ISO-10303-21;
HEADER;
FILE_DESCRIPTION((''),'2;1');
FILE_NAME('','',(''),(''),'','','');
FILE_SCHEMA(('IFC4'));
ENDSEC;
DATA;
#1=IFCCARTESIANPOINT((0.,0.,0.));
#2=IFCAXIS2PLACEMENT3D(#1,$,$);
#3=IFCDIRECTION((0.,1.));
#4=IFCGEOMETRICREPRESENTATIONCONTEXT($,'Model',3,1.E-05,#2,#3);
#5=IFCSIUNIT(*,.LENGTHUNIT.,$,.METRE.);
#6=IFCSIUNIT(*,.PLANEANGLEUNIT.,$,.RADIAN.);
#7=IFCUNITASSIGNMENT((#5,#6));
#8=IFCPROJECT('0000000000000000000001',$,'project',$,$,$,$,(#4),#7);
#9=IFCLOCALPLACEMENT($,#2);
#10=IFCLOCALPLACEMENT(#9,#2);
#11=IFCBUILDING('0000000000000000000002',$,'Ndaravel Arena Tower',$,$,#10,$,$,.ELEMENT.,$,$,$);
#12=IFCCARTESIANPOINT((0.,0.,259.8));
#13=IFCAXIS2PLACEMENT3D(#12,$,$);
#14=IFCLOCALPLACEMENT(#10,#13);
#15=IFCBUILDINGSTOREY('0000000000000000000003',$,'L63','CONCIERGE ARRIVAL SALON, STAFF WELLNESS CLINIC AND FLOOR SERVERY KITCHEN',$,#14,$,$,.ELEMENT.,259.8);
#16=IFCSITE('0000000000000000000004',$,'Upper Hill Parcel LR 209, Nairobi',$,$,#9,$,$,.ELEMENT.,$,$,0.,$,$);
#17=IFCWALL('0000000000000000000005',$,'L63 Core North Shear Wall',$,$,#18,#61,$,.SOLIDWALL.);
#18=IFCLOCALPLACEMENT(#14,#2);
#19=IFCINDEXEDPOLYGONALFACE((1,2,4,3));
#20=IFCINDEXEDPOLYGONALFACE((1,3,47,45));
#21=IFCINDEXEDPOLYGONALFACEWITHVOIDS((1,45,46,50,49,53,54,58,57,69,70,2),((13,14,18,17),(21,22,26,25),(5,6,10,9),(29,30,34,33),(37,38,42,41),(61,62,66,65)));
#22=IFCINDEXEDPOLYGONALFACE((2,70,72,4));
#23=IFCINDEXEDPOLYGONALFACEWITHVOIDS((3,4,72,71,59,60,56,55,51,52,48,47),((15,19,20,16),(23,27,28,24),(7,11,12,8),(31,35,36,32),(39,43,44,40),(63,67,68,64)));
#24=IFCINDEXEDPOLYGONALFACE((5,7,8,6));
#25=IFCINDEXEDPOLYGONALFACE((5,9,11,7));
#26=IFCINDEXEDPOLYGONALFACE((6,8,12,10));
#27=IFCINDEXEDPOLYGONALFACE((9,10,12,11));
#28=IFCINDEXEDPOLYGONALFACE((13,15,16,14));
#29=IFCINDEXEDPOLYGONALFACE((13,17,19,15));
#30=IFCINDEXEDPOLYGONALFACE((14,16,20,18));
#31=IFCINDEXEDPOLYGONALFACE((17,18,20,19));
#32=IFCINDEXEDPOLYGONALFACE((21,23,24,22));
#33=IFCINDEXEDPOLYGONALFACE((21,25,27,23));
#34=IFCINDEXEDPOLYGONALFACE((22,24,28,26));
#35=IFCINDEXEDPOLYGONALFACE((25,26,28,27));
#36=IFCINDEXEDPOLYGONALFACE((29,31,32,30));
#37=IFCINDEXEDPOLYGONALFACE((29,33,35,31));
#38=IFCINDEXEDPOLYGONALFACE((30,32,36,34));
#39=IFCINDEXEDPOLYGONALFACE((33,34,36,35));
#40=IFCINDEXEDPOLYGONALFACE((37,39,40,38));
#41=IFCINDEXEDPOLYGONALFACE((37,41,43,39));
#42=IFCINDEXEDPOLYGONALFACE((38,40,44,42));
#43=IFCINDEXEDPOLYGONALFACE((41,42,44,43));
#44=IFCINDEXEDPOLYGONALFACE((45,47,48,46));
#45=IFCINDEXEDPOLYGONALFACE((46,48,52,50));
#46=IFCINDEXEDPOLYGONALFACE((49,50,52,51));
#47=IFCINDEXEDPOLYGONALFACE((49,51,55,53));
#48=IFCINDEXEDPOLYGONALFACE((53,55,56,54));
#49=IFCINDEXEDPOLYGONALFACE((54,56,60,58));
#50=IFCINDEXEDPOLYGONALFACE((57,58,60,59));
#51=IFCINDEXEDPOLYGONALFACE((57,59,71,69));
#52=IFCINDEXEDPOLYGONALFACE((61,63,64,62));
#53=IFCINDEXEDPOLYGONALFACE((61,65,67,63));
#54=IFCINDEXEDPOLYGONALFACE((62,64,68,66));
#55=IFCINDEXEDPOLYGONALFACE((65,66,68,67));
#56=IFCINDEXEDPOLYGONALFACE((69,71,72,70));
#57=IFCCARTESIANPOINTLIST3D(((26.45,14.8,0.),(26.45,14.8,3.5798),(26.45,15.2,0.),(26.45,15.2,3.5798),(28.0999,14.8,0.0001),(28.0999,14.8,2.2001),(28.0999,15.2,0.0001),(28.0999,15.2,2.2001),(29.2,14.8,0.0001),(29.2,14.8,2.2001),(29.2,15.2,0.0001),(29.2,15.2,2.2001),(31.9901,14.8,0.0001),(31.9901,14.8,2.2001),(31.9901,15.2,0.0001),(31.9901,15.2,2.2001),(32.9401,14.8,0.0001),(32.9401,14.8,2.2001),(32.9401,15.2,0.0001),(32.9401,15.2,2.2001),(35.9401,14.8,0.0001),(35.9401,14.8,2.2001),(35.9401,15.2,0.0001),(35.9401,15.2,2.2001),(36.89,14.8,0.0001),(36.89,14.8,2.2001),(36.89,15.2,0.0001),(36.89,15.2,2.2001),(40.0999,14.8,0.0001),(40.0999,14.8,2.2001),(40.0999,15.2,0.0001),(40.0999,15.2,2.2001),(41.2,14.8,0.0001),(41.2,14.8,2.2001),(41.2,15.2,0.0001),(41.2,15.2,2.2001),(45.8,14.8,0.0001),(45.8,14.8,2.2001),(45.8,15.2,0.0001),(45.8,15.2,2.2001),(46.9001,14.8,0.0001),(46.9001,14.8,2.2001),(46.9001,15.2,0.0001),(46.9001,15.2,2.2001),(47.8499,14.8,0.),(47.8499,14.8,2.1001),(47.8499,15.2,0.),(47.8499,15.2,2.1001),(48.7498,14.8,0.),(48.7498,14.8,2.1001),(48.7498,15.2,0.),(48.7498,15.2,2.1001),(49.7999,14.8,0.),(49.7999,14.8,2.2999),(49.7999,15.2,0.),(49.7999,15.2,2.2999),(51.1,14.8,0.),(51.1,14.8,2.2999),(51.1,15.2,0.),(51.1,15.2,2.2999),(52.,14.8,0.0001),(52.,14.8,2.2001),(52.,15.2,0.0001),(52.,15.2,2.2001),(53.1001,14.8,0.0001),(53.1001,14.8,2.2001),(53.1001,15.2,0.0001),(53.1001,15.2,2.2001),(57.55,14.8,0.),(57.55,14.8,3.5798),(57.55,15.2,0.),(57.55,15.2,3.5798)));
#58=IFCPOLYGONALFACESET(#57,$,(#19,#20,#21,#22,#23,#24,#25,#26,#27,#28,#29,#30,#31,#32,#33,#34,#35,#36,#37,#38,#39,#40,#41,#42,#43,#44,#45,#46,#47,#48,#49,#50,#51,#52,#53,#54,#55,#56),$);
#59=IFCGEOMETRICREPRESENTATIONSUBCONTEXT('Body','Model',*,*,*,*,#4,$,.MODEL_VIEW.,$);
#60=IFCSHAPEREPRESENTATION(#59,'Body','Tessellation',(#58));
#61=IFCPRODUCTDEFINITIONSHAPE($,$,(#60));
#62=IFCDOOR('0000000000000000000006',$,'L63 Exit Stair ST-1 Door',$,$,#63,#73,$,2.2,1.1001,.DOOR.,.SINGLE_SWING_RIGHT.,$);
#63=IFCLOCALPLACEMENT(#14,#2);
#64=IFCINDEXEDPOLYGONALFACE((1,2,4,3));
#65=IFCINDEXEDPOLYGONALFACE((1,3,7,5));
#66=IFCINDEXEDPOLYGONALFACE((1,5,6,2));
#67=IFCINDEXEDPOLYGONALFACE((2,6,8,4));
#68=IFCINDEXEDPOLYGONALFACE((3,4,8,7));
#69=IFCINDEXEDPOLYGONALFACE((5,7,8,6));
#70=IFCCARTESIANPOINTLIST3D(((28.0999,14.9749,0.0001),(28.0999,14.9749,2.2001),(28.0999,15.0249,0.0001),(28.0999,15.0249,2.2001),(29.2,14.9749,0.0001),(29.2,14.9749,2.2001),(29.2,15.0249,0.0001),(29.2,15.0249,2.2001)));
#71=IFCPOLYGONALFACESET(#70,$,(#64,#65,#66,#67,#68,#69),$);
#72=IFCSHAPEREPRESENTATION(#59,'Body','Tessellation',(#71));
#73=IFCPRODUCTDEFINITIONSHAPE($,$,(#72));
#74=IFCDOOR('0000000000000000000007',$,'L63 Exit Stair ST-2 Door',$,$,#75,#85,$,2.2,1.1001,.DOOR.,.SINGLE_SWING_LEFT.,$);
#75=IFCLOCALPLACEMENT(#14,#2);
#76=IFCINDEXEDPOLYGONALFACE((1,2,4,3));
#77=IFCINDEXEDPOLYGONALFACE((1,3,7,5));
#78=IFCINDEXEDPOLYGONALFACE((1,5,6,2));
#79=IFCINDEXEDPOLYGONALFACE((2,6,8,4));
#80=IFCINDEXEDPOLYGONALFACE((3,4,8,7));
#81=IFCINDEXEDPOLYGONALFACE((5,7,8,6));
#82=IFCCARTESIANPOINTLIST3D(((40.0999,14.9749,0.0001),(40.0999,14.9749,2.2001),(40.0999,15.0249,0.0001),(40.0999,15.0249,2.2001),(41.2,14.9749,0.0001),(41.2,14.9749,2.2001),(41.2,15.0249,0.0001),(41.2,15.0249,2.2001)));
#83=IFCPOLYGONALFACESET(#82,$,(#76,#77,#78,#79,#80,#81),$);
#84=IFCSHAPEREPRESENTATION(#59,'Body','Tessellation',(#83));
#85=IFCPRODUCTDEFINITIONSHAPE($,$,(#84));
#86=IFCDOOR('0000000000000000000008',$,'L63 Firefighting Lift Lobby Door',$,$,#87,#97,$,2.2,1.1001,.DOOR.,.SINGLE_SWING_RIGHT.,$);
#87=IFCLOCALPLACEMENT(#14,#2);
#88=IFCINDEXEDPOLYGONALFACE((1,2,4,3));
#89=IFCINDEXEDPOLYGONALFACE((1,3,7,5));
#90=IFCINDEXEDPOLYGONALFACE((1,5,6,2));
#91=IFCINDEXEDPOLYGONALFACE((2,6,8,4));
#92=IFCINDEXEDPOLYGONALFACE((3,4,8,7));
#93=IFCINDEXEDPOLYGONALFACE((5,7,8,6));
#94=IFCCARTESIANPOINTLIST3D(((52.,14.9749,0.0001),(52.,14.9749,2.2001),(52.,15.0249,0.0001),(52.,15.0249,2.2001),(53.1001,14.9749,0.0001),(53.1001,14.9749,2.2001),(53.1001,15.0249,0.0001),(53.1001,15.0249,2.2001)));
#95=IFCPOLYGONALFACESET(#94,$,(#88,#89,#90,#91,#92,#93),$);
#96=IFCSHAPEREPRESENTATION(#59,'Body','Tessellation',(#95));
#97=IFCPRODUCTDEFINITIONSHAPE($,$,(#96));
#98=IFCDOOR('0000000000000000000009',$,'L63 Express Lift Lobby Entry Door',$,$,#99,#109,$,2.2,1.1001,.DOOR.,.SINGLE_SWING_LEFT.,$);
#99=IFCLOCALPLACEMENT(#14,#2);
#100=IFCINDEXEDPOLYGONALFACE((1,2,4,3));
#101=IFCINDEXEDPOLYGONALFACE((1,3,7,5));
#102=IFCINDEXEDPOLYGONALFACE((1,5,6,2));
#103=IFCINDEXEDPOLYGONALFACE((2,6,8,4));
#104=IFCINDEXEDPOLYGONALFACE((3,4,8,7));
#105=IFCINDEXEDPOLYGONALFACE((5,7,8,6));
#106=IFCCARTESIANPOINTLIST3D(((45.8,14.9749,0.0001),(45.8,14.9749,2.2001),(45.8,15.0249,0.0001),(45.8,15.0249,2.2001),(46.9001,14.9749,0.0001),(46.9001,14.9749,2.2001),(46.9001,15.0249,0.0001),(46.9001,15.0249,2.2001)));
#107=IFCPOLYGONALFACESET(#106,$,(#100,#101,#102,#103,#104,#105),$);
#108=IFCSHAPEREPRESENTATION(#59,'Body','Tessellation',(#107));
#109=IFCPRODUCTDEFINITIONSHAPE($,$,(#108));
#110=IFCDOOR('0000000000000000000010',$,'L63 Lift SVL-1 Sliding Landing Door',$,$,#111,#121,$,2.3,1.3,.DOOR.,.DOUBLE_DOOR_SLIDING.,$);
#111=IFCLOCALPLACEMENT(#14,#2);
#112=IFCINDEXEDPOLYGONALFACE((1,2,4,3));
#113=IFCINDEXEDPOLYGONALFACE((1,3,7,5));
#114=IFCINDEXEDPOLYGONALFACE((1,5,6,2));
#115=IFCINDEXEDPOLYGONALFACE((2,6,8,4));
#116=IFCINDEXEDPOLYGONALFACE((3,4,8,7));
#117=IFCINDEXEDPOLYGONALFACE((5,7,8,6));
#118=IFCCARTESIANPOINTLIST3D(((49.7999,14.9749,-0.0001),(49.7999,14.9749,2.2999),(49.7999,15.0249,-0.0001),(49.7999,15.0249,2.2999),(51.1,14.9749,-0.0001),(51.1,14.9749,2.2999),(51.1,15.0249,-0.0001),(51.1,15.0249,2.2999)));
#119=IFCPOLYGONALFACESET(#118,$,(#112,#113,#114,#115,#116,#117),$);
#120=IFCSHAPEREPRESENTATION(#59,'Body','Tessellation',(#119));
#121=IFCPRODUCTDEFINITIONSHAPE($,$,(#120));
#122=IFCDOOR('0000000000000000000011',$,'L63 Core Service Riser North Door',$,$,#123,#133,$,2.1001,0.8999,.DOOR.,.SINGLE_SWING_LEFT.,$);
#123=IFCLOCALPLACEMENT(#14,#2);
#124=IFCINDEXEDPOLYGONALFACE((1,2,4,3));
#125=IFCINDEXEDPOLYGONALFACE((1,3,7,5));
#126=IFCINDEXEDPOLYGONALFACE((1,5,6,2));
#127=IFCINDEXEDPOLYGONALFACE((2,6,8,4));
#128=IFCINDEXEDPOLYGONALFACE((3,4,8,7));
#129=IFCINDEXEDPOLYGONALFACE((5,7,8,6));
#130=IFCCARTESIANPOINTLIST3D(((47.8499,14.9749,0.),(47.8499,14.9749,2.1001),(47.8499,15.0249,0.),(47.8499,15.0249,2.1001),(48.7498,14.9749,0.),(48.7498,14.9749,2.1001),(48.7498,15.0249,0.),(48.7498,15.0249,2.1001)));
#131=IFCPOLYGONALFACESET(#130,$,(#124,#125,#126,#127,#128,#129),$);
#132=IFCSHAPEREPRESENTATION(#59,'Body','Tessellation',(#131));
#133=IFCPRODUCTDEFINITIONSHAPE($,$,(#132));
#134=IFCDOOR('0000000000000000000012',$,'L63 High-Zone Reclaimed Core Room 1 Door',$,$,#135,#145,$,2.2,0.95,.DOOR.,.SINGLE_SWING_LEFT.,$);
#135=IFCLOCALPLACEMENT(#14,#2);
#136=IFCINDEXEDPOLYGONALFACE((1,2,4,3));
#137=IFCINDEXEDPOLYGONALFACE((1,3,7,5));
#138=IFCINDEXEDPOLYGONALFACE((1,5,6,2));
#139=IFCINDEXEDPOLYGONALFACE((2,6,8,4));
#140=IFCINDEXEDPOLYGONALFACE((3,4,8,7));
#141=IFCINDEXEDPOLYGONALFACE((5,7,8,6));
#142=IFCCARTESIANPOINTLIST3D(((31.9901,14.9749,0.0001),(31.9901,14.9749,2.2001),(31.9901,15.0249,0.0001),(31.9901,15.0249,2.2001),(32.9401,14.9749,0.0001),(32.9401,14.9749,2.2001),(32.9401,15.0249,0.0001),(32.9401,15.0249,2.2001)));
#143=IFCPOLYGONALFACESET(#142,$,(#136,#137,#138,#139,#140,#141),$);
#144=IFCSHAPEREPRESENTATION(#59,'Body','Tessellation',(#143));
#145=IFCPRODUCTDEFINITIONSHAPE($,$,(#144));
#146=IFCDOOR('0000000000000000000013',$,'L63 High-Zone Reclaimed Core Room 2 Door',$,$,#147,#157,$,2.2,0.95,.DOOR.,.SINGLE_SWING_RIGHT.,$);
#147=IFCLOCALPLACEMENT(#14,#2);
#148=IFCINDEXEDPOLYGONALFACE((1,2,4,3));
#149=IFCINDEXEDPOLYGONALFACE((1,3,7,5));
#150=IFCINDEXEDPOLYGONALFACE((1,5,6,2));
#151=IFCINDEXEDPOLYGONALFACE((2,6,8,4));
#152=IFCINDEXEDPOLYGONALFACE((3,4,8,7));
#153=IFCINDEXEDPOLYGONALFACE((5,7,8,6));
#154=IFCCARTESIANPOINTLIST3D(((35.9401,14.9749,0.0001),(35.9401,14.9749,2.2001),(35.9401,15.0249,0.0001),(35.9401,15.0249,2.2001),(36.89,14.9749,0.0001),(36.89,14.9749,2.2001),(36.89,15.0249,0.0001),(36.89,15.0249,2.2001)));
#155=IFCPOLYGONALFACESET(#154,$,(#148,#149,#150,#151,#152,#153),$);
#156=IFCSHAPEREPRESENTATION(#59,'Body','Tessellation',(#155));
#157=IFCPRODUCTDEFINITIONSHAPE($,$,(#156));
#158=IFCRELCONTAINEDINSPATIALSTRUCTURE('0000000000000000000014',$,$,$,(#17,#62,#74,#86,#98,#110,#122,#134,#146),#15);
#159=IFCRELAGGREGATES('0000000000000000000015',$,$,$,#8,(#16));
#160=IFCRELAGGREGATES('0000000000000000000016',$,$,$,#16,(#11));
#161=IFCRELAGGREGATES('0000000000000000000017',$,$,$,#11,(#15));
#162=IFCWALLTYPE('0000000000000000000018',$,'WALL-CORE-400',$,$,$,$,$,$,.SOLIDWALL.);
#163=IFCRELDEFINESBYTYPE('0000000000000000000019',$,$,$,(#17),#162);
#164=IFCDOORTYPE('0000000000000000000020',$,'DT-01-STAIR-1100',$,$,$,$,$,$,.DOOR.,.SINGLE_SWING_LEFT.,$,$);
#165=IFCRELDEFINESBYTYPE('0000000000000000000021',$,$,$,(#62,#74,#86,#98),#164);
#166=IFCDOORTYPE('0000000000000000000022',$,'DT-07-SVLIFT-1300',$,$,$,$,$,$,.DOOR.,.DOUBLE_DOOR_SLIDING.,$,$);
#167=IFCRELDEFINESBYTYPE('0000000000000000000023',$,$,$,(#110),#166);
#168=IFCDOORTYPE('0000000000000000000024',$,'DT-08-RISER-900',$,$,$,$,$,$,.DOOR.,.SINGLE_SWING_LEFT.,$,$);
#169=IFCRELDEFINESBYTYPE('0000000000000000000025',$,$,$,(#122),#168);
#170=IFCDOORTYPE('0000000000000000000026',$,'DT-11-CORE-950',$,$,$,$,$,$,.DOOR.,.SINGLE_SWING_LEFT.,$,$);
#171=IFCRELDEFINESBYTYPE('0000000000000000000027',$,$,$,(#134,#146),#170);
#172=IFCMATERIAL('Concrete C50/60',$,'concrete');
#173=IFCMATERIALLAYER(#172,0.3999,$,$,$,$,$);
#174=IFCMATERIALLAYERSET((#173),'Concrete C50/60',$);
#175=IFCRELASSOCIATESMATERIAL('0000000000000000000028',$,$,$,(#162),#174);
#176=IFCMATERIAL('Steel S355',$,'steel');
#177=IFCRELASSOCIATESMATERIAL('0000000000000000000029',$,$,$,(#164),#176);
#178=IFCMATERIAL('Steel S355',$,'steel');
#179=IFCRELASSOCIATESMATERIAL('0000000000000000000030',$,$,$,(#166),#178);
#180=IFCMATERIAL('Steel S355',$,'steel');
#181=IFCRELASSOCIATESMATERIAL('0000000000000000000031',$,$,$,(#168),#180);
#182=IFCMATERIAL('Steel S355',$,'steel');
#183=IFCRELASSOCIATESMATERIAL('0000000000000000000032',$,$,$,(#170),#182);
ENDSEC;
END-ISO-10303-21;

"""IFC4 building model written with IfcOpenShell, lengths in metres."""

from ifc_helpers import new_model, si_unit, direction, frame, frame_2d, origin, place, context, subcontext, project, spatial, rectangle, extrude, material, layer, layer_set, type_object, element, fill, save


model = new_model("IFC4")

# Units and contexts
model_context = context("Model", 3, precision=1e-05, world=origin(), true_north=direction((0.0, 1.0)))
body_context = subcontext(model_context, "Body", "Model", "MODEL_VIEW")
ifc_project = project(units=[si_unit("LENGTHUNIT", "METRE"), si_unit("PLANEANGLEUNIT", "RADIAN")], contexts=[model_context])

# Site, building, storey
site_placement = place(None, origin())
site = spatial("IfcSite", under=ifc_project, at=site_placement, Name="Upper Hill Parcel LR 209, Nairobi", CompositionType="ELEMENT", RefElevation=0.0)
building_placement = place(site_placement, origin())
building = spatial("IfcBuilding", under=site, at=building_placement, Name="Ndaravel Arena Tower", CompositionType="ELEMENT")
storey_placement = place(building_placement, frame((0.0, 0.0, 259.8)))
storey = spatial("IfcBuildingStorey", under=building, at=storey_placement, Name="L63", Description="CONCIERGE ARRIVAL SALON, STAFF WELLNESS CLINIC AND FLOOR SERVERY KITCHEN", CompositionType="ELEMENT", Elevation=259.8)

# Wall, openings, doors
ifc_material_1 = material(Name="Concrete C50/60", Category="concrete")
ifc_layer_1 = layer(ifc_material_1, 0.3999)
ifc_layer_set_1 = layer_set([ifc_layer_1], Name="Concrete C50/60")
wall_type_1 = type_object("IfcWallType", Name="WALL-CORE-400", PredefinedType="SOLIDWALL", material=ifc_layer_set_1)
wall_1_placement = place(storey_placement, frame((26.45, 15.0, 0.0), z_axis=(0.0, 0.0, 1.0), x_axis=(1.0, 0.0, 0.0)))
wall_1 = element("IfcWall", 1, at=wall_1_placement, inside=storey, type_object=wall_type_1, Name="L63 Core North Shear Wall", PredefinedType="SOLIDWALL", context=body_context, shape_type="SweptSolid", body=[
    extrude(rectangle(XDim=31.1001, YDim=0.3999, at=frame_2d((15.55, 0.0))), origin(), (0.0, 0.0, 1.0), 3.5798),
])
opening_1_placement = place(wall_1_placement, frame((1.6499, 0.0, 0.0)))
opening_1 = element("IfcOpeningElement", 2, at=opening_1_placement, cuts=wall_1, PredefinedType="OPENING", context=body_context, shape_type="SweptSolid", body=[
    extrude(rectangle(XDim=1.1001, YDim=2.2, at=frame_2d((0.55, 1.1001))), frame((0.0, 0.2, 0.0), z_axis=(0.0, -1.0, 0.0), x_axis=(1.0, 0.0, 0.0)), (0.0, 0.0, 1.0), 0.3999),
])
opening_2_placement = place(wall_1_placement, frame((13.6499, 0.0, 0.0)))
opening_2 = element("IfcOpeningElement", 3, at=opening_2_placement, cuts=wall_1, PredefinedType="OPENING", context=body_context, shape_type="SweptSolid", body=[
    extrude(rectangle(XDim=1.1001, YDim=2.2, at=frame_2d((0.55, 1.1001))), frame((0.0, 0.2, 0.0), z_axis=(0.0, -1.0, 0.0), x_axis=(1.0, 0.0, 0.0)), (0.0, 0.0, 1.0), 0.3999),
])
opening_3_placement = place(wall_1_placement, frame((25.55, 0.0, 0.0)))
opening_3 = element("IfcOpeningElement", 4, at=opening_3_placement, cuts=wall_1, PredefinedType="OPENING", context=body_context, shape_type="SweptSolid", body=[
    extrude(rectangle(XDim=1.1001, YDim=2.2, at=frame_2d((0.55, 1.1001))), frame((0.0, 0.2, 0.0), z_axis=(0.0, -1.0, 0.0), x_axis=(1.0, 0.0, 0.0)), (0.0, 0.0, 1.0), 0.3999),
])
opening_4_placement = place(wall_1_placement, frame((19.3501, 0.0, 0.0)))
opening_4 = element("IfcOpeningElement", 5, at=opening_4_placement, cuts=wall_1, PredefinedType="OPENING", context=body_context, shape_type="SweptSolid", body=[
    extrude(rectangle(XDim=1.1001, YDim=2.2, at=frame_2d((0.55, 1.1001))), frame((0.0, 0.2, 0.0), z_axis=(0.0, -1.0, 0.0), x_axis=(1.0, 0.0, 0.0)), (0.0, 0.0, 1.0), 0.3999),
])
opening_5_placement = place(wall_1_placement, frame((21.3999, 0.0, 0.0)))
opening_5 = element("IfcOpeningElement", 6, at=opening_5_placement, cuts=wall_1, PredefinedType="OPENING", context=body_context, shape_type="SweptSolid", body=[
    extrude(rectangle(XDim=0.8999, YDim=2.1001, at=frame_2d((0.45, 1.05))), frame((0.0, 0.2, 0.0), z_axis=(0.0, -1.0, 0.0), x_axis=(1.0, 0.0, 0.0)), (0.0, 0.0, 1.0), 0.3999),
])
opening_6_placement = place(wall_1_placement, frame((5.54, 0.0, 0.0)))
opening_6 = element("IfcOpeningElement", 7, at=opening_6_placement, cuts=wall_1, PredefinedType="OPENING", context=body_context, shape_type="SweptSolid", body=[
    extrude(rectangle(XDim=0.95, YDim=2.2, at=frame_2d((0.4751, 1.1001))), frame((0.0, 0.2, 0.0), z_axis=(0.0, -1.0, 0.0), x_axis=(1.0, 0.0, 0.0)), (0.0, 0.0, 1.0), 0.3999),
])
opening_7_placement = place(wall_1_placement, frame((9.49, 0.0, 0.0)))
opening_7 = element("IfcOpeningElement", 8, at=opening_7_placement, cuts=wall_1, PredefinedType="OPENING", context=body_context, shape_type="SweptSolid", body=[
    extrude(rectangle(XDim=0.95, YDim=2.2, at=frame_2d((0.4751, 1.1001))), frame((0.0, 0.2, 0.0), z_axis=(0.0, -1.0, 0.0), x_axis=(1.0, 0.0, 0.0)), (0.0, 0.0, 1.0), 0.3999),
])
opening_8_placement = place(wall_1_placement, frame((23.3501, 0.0, 0.0)))
opening_8 = element("IfcOpeningElement", 9, at=opening_8_placement, cuts=wall_1, PredefinedType="OPENING", context=body_context, shape_type="SweptSolid", body=[
    extrude(rectangle(XDim=1.3, YDim=2.3, at=frame_2d((0.6499, 1.1499))), frame((0.0, 0.2, 0.0), z_axis=(0.0, -1.0, 0.0), x_axis=(1.0, 0.0, 0.0)), (0.0, 0.0, 1.0), 0.3999),
])
ifc_material_2 = material(Name="Steel S355", Category="steel")
door_type_1 = type_object("IfcDoorType", Name="DT-01-STAIR-1100", OperationType="SINGLE_SWING_LEFT", PredefinedType="DOOR", material=ifc_material_2)
door_1_placement = place(opening_1_placement, origin())
door_1 = element("IfcDoor", 10, at=door_1_placement, inside=storey, type_object=door_type_1, Name="L63 Exit Stair ST-1 Door", OperationType="SINGLE_SWING_RIGHT", OverallHeight=2.2, OverallWidth=1.1001, PredefinedType="DOOR", context=body_context, shape_type="SweptSolid", body=[
    extrude(rectangle(XDim=1.1001, YDim=2.2, at=frame_2d((0.55, 1.1001))), frame((0.0, 0.0249, 0.0), z_axis=(0.0, -1.0, 0.0), x_axis=(1.0, 0.0, 0.0)), (0.0, 0.0, 1.0), 0.05),
])
fill(opening_1, door_1)
door_2_placement = place(opening_2_placement, origin())
door_2 = element("IfcDoor", 11, at=door_2_placement, inside=storey, type_object=door_type_1, Name="L63 Exit Stair ST-2 Door", OperationType="SINGLE_SWING_LEFT", OverallHeight=2.2, OverallWidth=1.1001, PredefinedType="DOOR", context=body_context, shape_type="SweptSolid", body=[
    extrude(rectangle(XDim=1.1001, YDim=2.2, at=frame_2d((0.55, 1.1001))), frame((0.0, 0.0249, 0.0), z_axis=(0.0, -1.0, 0.0), x_axis=(1.0, 0.0, 0.0)), (0.0, 0.0, 1.0), 0.05),
])
fill(opening_2, door_2)
door_3_placement = place(opening_3_placement, origin())
door_3 = element("IfcDoor", 12, at=door_3_placement, inside=storey, type_object=door_type_1, Name="L63 Firefighting Lift Lobby Door", OperationType="SINGLE_SWING_RIGHT", OverallHeight=2.2, OverallWidth=1.1001, PredefinedType="DOOR", context=body_context, shape_type="SweptSolid", body=[
    extrude(rectangle(XDim=1.1001, YDim=2.2, at=frame_2d((0.55, 1.1001))), frame((0.0, 0.0249, 0.0), z_axis=(0.0, -1.0, 0.0), x_axis=(1.0, 0.0, 0.0)), (0.0, 0.0, 1.0), 0.05),
])
fill(opening_3, door_3)
door_4_placement = place(opening_4_placement, origin())
door_4 = element("IfcDoor", 13, at=door_4_placement, inside=storey, type_object=door_type_1, Name="L63 Express Lift Lobby Entry Door", OperationType="SINGLE_SWING_LEFT", OverallHeight=2.2, OverallWidth=1.1001, PredefinedType="DOOR", context=body_context, shape_type="SweptSolid", body=[
    extrude(rectangle(XDim=1.1001, YDim=2.2, at=frame_2d((0.55, 1.1001))), frame((0.0, 0.0249, 0.0), z_axis=(0.0, -1.0, 0.0), x_axis=(1.0, 0.0, 0.0)), (0.0, 0.0, 1.0), 0.05),
])
fill(opening_4, door_4)
ifc_material_3 = material(Name="Steel S355", Category="steel")
door_type_2 = type_object("IfcDoorType", Name="DT-07-SVLIFT-1300", OperationType="DOUBLE_DOOR_SLIDING", PredefinedType="DOOR", material=ifc_material_3)
door_5_placement = place(opening_8_placement, origin())
door_5 = element("IfcDoor", 14, at=door_5_placement, inside=storey, type_object=door_type_2, Name="L63 Lift SVL-1 Sliding Landing Door", OperationType="DOUBLE_DOOR_SLIDING", OverallHeight=2.3, OverallWidth=1.3, PredefinedType="DOOR", context=body_context, shape_type="SweptSolid", body=[
    extrude(rectangle(XDim=1.3, YDim=2.3, at=frame_2d((0.6499, 1.1499))), frame((0.0, 0.0249, 0.0), z_axis=(0.0, -1.0, 0.0), x_axis=(1.0, 0.0, 0.0)), (0.0, 0.0, 1.0), 0.05),
])
fill(opening_8, door_5)
ifc_material_4 = material(Name="Steel S355", Category="steel")
door_type_3 = type_object("IfcDoorType", Name="DT-08-RISER-900", OperationType="SINGLE_SWING_LEFT", PredefinedType="DOOR", material=ifc_material_4)
door_6_placement = place(opening_5_placement, origin())
door_6 = element("IfcDoor", 15, at=door_6_placement, inside=storey, type_object=door_type_3, Name="L63 Core Service Riser North Door", OperationType="SINGLE_SWING_LEFT", OverallHeight=2.1001, OverallWidth=0.8999, PredefinedType="DOOR", context=body_context, shape_type="SweptSolid", body=[
    extrude(rectangle(XDim=0.8999, YDim=2.1001, at=frame_2d((0.45, 1.05))), frame((0.0, 0.0249, 0.0), z_axis=(0.0, -1.0, 0.0), x_axis=(1.0, 0.0, 0.0)), (0.0, 0.0, 1.0), 0.05),
])
fill(opening_5, door_6)
ifc_material_5 = material(Name="Steel S355", Category="steel")
door_type_4 = type_object("IfcDoorType", Name="DT-11-CORE-950", OperationType="SINGLE_SWING_LEFT", PredefinedType="DOOR", material=ifc_material_5)
door_7_placement = place(opening_6_placement, origin())
door_7 = element("IfcDoor", 16, at=door_7_placement, inside=storey, type_object=door_type_4, Name="L63 High-Zone Reclaimed Core Room 1 Door", OperationType="SINGLE_SWING_LEFT", OverallHeight=2.2, OverallWidth=0.95, PredefinedType="DOOR", context=body_context, shape_type="SweptSolid", body=[
    extrude(rectangle(XDim=0.95, YDim=2.2, at=frame_2d((0.4751, 1.1001))), frame((0.0, 0.0249, 0.0), z_axis=(0.0, -1.0, 0.0), x_axis=(1.0, 0.0, 0.0)), (0.0, 0.0, 1.0), 0.05),
])
fill(opening_6, door_7)
door_8_placement = place(opening_7_placement, origin())
door_8 = element("IfcDoor", 17, at=door_8_placement, inside=storey, type_object=door_type_4, Name="L63 High-Zone Reclaimed Core Room 2 Door", OperationType="SINGLE_SWING_RIGHT", OverallHeight=2.2, OverallWidth=0.95, PredefinedType="DOOR", context=body_context, shape_type="SweptSolid", body=[
    extrude(rectangle(XDim=0.95, YDim=2.2, at=frame_2d((0.4751, 1.1001))), frame((0.0, 0.0249, 0.0), z_axis=(0.0, -1.0, 0.0), x_axis=(1.0, 0.0, 0.0)), (0.0, 0.0, 1.0), 0.05),
])
fill(opening_7, door_8)

save(model, "model.ifc")
